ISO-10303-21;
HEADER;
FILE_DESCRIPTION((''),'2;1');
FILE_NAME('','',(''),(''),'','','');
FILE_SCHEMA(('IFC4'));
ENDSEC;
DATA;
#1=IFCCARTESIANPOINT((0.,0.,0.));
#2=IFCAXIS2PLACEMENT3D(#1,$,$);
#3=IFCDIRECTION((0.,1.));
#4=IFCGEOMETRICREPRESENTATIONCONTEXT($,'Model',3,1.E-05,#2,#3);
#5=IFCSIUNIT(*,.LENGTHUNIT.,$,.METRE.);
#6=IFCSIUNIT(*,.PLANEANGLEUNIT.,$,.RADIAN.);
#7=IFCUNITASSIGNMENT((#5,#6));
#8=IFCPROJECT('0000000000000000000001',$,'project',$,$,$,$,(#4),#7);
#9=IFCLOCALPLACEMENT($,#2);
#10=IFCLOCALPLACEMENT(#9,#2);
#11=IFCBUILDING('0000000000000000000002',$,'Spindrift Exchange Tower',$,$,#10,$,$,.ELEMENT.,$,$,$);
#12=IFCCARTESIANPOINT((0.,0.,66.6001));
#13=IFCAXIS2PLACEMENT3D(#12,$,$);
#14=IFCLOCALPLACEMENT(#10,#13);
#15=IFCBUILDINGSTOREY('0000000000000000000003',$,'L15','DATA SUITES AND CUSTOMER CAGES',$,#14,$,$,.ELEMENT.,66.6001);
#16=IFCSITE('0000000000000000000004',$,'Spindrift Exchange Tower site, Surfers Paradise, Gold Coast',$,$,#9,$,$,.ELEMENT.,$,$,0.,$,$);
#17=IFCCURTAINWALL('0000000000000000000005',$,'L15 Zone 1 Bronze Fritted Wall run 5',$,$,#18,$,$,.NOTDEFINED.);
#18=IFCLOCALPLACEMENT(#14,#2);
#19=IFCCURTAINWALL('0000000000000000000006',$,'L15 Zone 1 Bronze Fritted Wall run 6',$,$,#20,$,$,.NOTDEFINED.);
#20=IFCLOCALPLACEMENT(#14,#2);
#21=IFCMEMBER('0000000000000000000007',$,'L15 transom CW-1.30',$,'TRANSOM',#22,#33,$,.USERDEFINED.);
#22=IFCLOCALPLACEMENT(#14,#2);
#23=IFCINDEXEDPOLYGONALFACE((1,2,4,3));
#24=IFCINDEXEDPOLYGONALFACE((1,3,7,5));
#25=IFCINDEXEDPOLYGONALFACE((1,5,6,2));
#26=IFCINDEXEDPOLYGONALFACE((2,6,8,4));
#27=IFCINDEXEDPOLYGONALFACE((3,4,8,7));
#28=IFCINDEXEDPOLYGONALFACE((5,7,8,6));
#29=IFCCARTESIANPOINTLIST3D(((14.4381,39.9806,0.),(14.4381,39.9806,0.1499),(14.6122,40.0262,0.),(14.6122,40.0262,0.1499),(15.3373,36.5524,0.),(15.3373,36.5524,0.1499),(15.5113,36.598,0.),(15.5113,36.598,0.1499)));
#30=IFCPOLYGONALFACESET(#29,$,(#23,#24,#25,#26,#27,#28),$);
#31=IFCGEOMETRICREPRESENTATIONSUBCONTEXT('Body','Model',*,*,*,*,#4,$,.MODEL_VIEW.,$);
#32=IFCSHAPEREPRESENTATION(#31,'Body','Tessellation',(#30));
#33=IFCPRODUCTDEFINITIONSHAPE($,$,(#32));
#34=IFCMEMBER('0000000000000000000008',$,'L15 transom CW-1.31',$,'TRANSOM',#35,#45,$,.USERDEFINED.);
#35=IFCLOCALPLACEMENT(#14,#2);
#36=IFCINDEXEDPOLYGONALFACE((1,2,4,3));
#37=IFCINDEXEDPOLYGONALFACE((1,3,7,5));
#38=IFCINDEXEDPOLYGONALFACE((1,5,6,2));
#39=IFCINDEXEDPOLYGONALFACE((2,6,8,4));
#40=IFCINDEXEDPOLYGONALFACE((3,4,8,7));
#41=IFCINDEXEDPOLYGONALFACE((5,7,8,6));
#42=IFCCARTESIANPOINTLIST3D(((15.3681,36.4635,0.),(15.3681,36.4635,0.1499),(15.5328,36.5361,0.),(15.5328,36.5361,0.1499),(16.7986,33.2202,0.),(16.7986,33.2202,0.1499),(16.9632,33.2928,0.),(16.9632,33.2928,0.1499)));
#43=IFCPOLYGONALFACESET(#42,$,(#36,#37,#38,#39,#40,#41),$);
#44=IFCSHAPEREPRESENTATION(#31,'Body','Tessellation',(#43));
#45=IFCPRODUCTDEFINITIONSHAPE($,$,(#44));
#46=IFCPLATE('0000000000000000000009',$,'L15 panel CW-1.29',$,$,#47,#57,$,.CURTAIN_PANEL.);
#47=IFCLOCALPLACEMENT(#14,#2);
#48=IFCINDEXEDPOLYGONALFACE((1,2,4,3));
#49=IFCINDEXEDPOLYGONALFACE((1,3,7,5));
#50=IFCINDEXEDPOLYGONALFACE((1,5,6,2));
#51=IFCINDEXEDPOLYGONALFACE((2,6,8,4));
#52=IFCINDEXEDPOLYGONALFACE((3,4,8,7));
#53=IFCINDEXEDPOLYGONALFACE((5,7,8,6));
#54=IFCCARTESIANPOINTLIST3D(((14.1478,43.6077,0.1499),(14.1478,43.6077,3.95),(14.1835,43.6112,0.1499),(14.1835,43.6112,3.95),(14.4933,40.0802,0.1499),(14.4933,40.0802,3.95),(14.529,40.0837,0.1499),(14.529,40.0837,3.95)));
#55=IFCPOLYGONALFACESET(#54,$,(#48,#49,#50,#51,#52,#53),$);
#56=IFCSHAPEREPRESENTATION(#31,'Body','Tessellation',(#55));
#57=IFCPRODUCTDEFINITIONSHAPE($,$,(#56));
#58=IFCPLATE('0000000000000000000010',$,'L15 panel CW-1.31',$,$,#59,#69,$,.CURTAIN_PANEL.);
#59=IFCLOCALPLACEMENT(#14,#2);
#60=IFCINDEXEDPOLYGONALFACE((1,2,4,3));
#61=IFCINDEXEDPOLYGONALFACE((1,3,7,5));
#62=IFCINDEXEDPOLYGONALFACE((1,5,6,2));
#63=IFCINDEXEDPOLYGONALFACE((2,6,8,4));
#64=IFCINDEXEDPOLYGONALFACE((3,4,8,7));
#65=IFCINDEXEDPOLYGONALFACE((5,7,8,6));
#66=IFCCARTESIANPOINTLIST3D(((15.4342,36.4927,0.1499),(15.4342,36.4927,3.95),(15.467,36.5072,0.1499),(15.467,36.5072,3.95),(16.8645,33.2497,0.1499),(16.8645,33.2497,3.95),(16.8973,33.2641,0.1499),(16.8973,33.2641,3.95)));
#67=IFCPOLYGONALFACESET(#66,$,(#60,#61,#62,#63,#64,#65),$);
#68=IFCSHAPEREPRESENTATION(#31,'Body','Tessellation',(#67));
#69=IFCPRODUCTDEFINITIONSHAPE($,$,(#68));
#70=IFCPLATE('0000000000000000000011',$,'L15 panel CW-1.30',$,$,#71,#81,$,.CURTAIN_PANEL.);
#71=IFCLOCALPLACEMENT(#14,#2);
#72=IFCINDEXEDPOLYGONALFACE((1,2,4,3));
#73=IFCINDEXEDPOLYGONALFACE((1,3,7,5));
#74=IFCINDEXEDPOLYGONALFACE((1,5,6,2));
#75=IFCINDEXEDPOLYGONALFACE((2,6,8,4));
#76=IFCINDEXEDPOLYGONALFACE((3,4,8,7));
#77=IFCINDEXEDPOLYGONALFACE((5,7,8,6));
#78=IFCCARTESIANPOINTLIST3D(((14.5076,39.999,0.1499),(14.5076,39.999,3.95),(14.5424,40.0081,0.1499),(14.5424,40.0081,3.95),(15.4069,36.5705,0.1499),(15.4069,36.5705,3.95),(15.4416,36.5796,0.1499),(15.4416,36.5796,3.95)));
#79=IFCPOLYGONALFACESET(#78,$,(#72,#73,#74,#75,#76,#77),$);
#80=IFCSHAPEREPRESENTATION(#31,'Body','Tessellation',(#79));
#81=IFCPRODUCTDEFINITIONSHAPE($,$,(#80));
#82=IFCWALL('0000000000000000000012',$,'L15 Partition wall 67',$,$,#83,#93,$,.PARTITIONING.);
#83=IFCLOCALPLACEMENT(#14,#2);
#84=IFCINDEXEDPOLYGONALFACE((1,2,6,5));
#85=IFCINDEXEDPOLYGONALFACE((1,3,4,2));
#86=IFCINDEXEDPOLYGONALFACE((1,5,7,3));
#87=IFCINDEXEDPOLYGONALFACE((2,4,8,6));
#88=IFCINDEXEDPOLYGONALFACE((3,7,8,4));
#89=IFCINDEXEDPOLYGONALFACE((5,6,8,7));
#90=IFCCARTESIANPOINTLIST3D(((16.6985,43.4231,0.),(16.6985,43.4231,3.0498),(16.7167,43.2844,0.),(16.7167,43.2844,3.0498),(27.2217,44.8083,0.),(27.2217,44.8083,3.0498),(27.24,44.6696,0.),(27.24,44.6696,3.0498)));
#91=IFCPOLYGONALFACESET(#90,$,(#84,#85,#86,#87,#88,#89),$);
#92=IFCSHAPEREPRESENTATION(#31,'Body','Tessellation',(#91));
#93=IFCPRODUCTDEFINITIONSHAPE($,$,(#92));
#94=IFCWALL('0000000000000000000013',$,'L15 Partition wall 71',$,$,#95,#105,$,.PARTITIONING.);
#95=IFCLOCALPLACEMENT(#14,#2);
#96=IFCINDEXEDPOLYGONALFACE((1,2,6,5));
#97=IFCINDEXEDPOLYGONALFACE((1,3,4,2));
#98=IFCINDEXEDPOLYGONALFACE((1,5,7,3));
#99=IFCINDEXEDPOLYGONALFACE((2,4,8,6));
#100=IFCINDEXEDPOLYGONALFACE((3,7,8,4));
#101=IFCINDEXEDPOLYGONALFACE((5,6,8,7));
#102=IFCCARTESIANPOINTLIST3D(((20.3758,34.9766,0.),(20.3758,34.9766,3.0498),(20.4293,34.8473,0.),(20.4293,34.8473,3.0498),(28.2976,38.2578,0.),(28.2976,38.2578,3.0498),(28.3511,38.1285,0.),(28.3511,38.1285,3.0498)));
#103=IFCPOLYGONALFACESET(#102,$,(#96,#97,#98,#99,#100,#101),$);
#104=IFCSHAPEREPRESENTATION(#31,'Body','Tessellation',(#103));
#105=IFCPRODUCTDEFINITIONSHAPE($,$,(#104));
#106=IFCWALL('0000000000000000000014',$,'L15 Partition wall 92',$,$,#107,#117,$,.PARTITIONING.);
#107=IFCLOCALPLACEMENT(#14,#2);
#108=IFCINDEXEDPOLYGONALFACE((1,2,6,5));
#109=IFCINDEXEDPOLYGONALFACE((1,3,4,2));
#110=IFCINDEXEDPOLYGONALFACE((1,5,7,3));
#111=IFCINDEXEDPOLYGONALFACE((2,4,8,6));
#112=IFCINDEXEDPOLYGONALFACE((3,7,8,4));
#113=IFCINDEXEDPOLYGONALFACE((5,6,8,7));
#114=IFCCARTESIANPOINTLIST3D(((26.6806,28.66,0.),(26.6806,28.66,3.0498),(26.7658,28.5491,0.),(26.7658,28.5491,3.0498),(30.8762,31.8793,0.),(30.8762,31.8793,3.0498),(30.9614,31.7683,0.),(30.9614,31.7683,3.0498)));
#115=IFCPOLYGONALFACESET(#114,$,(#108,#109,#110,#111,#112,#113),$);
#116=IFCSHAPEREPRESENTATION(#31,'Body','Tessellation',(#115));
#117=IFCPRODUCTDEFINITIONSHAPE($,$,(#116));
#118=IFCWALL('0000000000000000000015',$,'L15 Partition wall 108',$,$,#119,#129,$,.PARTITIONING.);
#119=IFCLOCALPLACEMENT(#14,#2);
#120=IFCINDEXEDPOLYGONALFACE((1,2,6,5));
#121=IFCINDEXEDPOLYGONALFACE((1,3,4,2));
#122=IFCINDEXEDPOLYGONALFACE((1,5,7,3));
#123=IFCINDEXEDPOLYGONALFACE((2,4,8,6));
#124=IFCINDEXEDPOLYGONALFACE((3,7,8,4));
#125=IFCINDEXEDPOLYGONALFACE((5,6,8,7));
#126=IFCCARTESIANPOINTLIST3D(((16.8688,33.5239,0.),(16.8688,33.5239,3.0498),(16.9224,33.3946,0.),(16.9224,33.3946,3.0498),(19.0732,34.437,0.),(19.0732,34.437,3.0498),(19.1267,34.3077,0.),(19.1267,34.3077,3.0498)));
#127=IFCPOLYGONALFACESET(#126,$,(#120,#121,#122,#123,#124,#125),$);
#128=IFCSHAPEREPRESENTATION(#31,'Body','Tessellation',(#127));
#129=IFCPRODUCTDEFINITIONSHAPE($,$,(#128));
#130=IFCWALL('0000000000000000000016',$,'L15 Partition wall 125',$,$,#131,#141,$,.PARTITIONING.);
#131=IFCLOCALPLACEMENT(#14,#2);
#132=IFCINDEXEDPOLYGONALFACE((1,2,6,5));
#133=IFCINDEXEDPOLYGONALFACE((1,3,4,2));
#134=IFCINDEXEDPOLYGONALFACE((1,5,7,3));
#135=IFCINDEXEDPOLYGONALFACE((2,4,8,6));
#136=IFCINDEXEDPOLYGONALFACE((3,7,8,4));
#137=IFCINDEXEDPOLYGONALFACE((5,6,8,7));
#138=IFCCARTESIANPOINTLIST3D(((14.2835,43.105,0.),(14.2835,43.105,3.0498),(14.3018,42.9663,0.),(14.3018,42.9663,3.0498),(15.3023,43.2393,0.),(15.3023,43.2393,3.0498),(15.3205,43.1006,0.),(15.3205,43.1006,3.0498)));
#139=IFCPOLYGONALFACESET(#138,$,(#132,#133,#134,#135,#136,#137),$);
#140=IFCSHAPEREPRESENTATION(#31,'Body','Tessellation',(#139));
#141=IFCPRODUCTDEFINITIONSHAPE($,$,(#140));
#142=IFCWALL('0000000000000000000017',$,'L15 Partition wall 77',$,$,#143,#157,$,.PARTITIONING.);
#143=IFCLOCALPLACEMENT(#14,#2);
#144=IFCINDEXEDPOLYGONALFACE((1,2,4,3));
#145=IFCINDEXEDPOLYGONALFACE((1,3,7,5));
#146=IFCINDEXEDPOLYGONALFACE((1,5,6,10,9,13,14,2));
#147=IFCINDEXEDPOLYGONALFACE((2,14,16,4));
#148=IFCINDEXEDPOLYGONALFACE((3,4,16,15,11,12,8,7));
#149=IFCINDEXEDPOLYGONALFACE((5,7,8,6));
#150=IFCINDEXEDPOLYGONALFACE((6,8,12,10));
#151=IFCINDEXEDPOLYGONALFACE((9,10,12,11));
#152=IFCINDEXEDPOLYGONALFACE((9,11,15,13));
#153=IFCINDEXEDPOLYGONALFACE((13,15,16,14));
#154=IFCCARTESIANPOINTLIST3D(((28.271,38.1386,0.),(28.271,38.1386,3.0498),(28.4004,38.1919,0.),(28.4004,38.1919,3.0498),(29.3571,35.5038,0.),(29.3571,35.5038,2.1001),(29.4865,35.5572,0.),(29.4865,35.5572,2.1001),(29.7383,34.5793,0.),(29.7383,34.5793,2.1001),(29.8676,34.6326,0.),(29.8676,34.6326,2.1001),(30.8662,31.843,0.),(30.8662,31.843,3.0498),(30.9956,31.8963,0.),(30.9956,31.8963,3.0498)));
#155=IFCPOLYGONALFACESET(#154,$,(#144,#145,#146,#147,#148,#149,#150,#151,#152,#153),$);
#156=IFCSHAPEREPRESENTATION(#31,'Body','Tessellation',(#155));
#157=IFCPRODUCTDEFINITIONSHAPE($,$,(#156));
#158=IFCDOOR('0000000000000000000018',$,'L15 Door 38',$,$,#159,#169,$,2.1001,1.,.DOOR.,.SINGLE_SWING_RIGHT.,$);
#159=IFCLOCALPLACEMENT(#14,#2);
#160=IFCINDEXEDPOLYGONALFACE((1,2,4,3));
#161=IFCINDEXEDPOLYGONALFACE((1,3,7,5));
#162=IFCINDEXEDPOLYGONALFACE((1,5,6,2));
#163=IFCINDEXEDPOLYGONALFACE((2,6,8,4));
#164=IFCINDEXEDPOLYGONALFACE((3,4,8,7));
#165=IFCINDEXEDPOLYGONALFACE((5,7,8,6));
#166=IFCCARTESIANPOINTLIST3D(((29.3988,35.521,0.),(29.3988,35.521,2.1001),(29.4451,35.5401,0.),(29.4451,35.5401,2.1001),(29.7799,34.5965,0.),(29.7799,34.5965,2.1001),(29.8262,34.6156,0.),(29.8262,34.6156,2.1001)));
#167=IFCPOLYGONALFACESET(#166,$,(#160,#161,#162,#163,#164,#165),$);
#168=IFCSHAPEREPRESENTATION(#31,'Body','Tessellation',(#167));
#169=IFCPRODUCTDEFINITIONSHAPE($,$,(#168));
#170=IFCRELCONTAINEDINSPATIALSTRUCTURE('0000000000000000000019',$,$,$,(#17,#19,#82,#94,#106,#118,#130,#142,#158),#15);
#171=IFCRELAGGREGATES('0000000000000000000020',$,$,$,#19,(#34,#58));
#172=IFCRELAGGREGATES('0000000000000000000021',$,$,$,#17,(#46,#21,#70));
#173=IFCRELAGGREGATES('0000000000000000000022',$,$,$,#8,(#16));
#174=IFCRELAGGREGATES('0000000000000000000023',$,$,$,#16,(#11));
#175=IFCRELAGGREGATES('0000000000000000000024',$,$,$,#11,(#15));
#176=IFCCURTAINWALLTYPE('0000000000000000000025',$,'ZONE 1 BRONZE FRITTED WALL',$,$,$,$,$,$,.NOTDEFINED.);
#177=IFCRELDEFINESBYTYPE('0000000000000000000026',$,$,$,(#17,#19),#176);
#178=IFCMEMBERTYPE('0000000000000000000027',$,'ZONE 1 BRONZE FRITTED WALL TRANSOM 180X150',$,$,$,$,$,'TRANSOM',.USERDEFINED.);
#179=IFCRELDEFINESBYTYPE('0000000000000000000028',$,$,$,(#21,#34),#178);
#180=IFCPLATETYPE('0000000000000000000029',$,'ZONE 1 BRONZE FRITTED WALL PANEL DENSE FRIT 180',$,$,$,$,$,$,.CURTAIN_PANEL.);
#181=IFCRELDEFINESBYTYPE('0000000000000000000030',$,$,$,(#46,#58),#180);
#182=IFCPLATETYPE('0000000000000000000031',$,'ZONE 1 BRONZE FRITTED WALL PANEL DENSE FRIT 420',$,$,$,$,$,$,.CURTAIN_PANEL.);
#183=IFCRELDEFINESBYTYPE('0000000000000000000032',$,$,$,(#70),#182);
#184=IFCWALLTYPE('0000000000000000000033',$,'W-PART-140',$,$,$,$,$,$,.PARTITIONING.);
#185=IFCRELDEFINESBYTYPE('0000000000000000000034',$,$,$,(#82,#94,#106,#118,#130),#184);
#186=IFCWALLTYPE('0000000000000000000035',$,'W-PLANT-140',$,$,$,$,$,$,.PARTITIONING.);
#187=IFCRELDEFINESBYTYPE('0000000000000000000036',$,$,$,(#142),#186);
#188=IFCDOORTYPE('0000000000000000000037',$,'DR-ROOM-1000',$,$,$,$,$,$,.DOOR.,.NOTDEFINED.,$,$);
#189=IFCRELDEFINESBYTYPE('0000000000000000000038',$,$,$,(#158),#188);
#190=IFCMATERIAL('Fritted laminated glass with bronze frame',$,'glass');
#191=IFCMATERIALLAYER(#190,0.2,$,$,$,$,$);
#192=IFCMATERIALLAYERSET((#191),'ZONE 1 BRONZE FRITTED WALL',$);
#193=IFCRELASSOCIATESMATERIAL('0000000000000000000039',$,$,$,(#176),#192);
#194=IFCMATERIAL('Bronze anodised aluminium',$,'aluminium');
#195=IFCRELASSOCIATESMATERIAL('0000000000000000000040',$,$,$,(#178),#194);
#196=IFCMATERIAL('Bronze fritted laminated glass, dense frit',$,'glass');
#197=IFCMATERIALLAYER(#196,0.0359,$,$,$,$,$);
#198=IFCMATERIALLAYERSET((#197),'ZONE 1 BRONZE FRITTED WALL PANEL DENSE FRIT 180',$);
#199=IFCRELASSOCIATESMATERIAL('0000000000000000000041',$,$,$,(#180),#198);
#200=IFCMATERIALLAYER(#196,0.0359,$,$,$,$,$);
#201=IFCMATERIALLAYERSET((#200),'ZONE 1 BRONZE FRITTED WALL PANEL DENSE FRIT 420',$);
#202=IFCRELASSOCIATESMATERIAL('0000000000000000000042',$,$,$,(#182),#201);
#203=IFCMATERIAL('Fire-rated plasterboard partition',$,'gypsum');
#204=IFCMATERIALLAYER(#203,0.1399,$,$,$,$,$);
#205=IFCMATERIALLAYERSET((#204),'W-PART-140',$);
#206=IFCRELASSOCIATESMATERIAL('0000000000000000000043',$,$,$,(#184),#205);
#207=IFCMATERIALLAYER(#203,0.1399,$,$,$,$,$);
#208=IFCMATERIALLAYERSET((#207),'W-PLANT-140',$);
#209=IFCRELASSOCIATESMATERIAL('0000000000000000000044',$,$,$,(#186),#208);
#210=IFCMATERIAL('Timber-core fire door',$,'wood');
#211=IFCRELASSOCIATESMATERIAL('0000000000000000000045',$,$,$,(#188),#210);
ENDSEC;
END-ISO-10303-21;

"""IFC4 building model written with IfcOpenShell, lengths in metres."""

from ifc_helpers import new_model, si_unit, direction, frame, frame_2d, origin, origin_2d, place, context, subcontext, project, spatial, rectangle, extrude, source, transform, mapped, material, layer, layer_set, material_profile, profile_set, type_object, element, fill, aggregate, save


model = new_model("IFC4")

# Units and contexts
model_context = context("Model", 3, precision=1e-05, world=origin(), true_north=direction((0.0, 1.0)))
body_context = subcontext(model_context, "Body", "Model", "MODEL_VIEW")
ifc_project = project(units=[si_unit("LENGTHUNIT", "METRE"), si_unit("PLANEANGLEUNIT", "RADIAN")], contexts=[model_context])

# Site, building, storey
site_placement = place(None, origin())
site = spatial("IfcSite", under=ifc_project, at=site_placement, Name="Spindrift Exchange Tower site, Surfers Paradise, Gold Coast", CompositionType="ELEMENT", RefElevation=0.0)
building_placement = place(site_placement, origin())
building = spatial("IfcBuilding", under=site, at=building_placement, Name="Spindrift Exchange Tower", CompositionType="ELEMENT")
storey_placement = place(building_placement, frame((0.0, 0.0, 66.6001)))
storey = spatial("IfcBuildingStorey", under=building, at=storey_placement, Name="L15", Description="DATA SUITES AND CUSTOMER CAGES", CompositionType="ELEMENT", Elevation=66.6001)

# Curtain walls
ifc_material_1 = material(Name="Fritted laminated glass with bronze frame", Category="glass")
ifc_layer_1 = layer(ifc_material_1, 0.2)
ifc_layer_set_1 = layer_set([ifc_layer_1], Name="ZONE 1 BRONZE FRITTED WALL")
curtain_wall_type = type_object("IfcCurtainWallType", Name="ZONE 1 BRONZE FRITTED WALL", PredefinedType="NOTDEFINED", material=ifc_layer_set_1)
curtain_wall_1_placement = place(storey_placement, origin())
curtain_wall_1 = element("IfcCurtainWall", 1, at=curtain_wall_1_placement, inside=storey, type_object=curtain_wall_type, Name="L15 Zone 1 Bronze Fritted Wall run 5", PredefinedType="NOTDEFINED")
ifc_material_2 = material(Name="Bronze anodised aluminium", Category="aluminium")
curtain_wall_2_placement = place(storey_placement, origin())
curtain_wall_2 = element("IfcCurtainWall", 2, at=curtain_wall_2_placement, inside=storey, type_object=curtain_wall_type, Name="L15 Zone 1 Bronze Fritted Wall run 6", PredefinedType="NOTDEFINED")

# Members
ifc_material_profile_1 = material_profile(ifc_material_2, rectangle(XDim=0.1799, YDim=0.1499, at=origin_2d()), Name="ZONE 1 BRONZE FRITTED WALL TRANSOM 180X150")
ifc_profile_set_1 = profile_set([ifc_material_profile_1], Name="Bronze anodised aluminium")
member_type_1 = type_object("IfcMemberType", Name="ZONE 1 BRONZE FRITTED WALL TRANSOM 180X150", ElementType="TRANSOM", PredefinedType="USERDEFINED", material=ifc_profile_set_1)
shared_shape_1 = source(origin(), body_context, "Body", "SweptSolid", [
    extrude(rectangle(XDim=0.1799, YDim=0.1499, at=origin_2d()), origin(), (0.0, 0.0, 1.0), 3.5442),
])
member_1_placement = place(storey_placement, frame((14.5251, 40.0034, 0.075), z_axis=(0.253703, -0.967282, 0.0), x_axis=(0.967282, 0.253703, 0.0)))
member_1 = element("IfcMember", 3, at=member_1_placement, type_object=member_type_1, Name="L15 transom CW-1.30", ObjectType="TRANSOM", PredefinedType="USERDEFINED", context=body_context, shape_type="MappedRepresentation", body=[
    mapped(shared_shape_1, transform((0.0, 0.0, 0.0), scale=1.0)),
])
shared_shape_2 = source(origin(), body_context, "Body", "SweptSolid", [
    extrude(rectangle(XDim=0.1799, YDim=0.1499, at=origin_2d()), origin(), (0.0, 0.0, 1.0), 3.5447),
])
member_2_placement = place(storey_placement, frame((15.4504, 36.4998, 0.075), z_axis=(0.403549, -0.914958, 0.0), x_axis=(0.914958, 0.403549, 0.0)))
member_2 = element("IfcMember", 4, at=member_2_placement, type_object=member_type_1, Name="L15 transom CW-1.31", ObjectType="TRANSOM", PredefinedType="USERDEFINED", context=body_context, shape_type="MappedRepresentation", body=[
    mapped(shared_shape_2, transform((0.0, 0.0, 0.0), scale=1.0)),
])

# Plates
ifc_material_3 = material(Name="Bronze fritted laminated glass, dense frit", Category="glass")
ifc_layer_2 = layer(ifc_material_3, 0.0359)
ifc_layer_set_2 = layer_set([ifc_layer_2], Name="ZONE 1 BRONZE FRITTED WALL PANEL DENSE FRIT 180")
plate_type_1 = type_object("IfcPlateType", Name="ZONE 1 BRONZE FRITTED WALL PANEL DENSE FRIT 180", PredefinedType="CURTAIN_PANEL", material=ifc_layer_set_2)
shared_shape_3 = source(origin(), body_context, "Body", "SweptSolid", [
    extrude(rectangle(XDim=3.5444, YDim=0.0359, at=origin_2d()), origin(), (0.0, 0.0, 1.0), 3.8),
])
plate_1_placement = place(storey_placement, frame((14.3384, 41.8457, 0.1499), z_axis=(0.0, 0.0, 1.0), x_axis=(0.097477, -0.995238, 0.0)))
plate_1 = element("IfcPlate", 5, at=plate_1_placement, type_object=plate_type_1, Name="L15 panel CW-1.29", PredefinedType="CURTAIN_PANEL", context=body_context, shape_type="MappedRepresentation", body=[
    mapped(shared_shape_3, transform((0.0, 0.0, 0.0), scale=1.0)),
])
plate_2_placement = place(storey_placement, frame((16.1658, 34.8784, 0.1499), z_axis=(0.0, 0.0, 1.0), x_axis=(0.403531, -0.914966, 0.0)))
plate_2 = element("IfcPlate", 6, at=plate_2_placement, type_object=plate_type_1, Name="L15 panel CW-1.31", PredefinedType="CURTAIN_PANEL", context=body_context, shape_type="MappedRepresentation", body=[
    mapped(shared_shape_3, transform((0.0, 0.0, 0.0), scale=1.0)),
])
aggregate(curtain_wall_2, [member_2, plate_2])
ifc_layer_3 = layer(ifc_material_3, 0.0359)
ifc_layer_set_3 = layer_set([ifc_layer_3], Name="ZONE 1 BRONZE FRITTED WALL PANEL DENSE FRIT 420")
plate_type_2 = type_object("IfcPlateType", Name="ZONE 1 BRONZE FRITTED WALL PANEL DENSE FRIT 420", PredefinedType="CURTAIN_PANEL", material=ifc_layer_set_3)
shared_shape_4 = source(origin(), body_context, "Body", "SweptSolid", [
    extrude(rectangle(XDim=3.5444, YDim=0.0359, at=origin_2d()), origin(), (0.0, 0.0, 1.0), 3.8),
])
plate_3_placement = place(storey_placement, frame((14.9746, 38.2893, 0.1499), z_axis=(0.0, 0.0, 1.0), x_axis=(0.253699, -0.967283, 0.0)))
plate_3 = element("IfcPlate", 7, at=plate_3_placement, type_object=plate_type_2, Name="L15 panel CW-1.30", PredefinedType="CURTAIN_PANEL", context=body_context, shape_type="MappedRepresentation", body=[
    mapped(shared_shape_4, transform((0.0, 0.0, 0.0), scale=1.0)),
])
aggregate(curtain_wall_1, [plate_1, member_1, plate_3])

# Walls
ifc_material_4 = material(Name="Fire-rated plasterboard partition", Category="gypsum")
ifc_layer_4 = layer(ifc_material_4, 0.1399)
ifc_layer_set_4 = layer_set([ifc_layer_4], Name="W-PART-140")
wall_type_1 = type_object("IfcWallType", Name="W-PART-140", PredefinedType="PARTITIONING", material=ifc_layer_set_4)
wall_1_placement = place(storey_placement, frame((27.231, 44.739, 0.0), z_axis=(0.0, 0.0, 1.0), x_axis=(-0.991447, -0.130512, 0.0)))
element("IfcWall", 8, at=wall_1_placement, inside=storey, type_object=wall_type_1, Name="L15 Partition wall 67", PredefinedType="PARTITIONING", context=body_context, shape_type="SweptSolid", body=[
    extrude(rectangle(XDim=10.614, YDim=0.1399, at=frame_2d((5.3071, 0.0))), origin(), (0.0, 0.0, 1.0), 3.0498),
])
wall_2_placement = place(storey_placement, frame((28.3242, 38.1931, 0.0), z_axis=(0.0, 0.0, 1.0), x_axis=(-0.923884, -0.382674, 0.0)))
element("IfcWall", 9, at=wall_2_placement, inside=storey, type_object=wall_type_1, Name="L15 Partition wall 71", PredefinedType="PARTITIONING", context=body_context, shape_type="SweptSolid", body=[
    extrude(rectangle(XDim=8.5745, YDim=0.1399, at=frame_2d((4.2871, 0.0))), origin(), (0.0, 0.0, 1.0), 3.0498),
])
wall_3_placement = place(storey_placement, frame((30.9187, 31.8237, 0.0), z_axis=(0.0, 0.0, 1.0), x_axis=(-0.793365, -0.608746, 0.0)))
element("IfcWall", 10, at=wall_3_placement, inside=storey, type_object=wall_type_1, Name="L15 Partition wall 92", PredefinedType="PARTITIONING", context=body_context, shape_type="SweptSolid", body=[
    extrude(rectangle(XDim=5.2883, YDim=0.1399, at=frame_2d((2.644, 0.0))), origin(), (0.0, 0.0, 1.0), 3.0498),
])
wall_4_placement = place(storey_placement, frame((19.0999, 34.3723, 0.0), z_axis=(0.0, 0.0, 1.0), x_axis=(-0.923877, -0.382689, 0.0)))
element("IfcWall", 11, at=wall_4_placement, inside=storey, type_object=wall_type_1, Name="L15 Partition wall 108", PredefinedType="PARTITIONING", context=body_context, shape_type="SweptSolid", body=[
    extrude(rectangle(XDim=2.386, YDim=0.1399, at=frame_2d((1.1929, 0.0))), origin(), (0.0, 0.0, 1.0), 3.0498),
])
wall_5_placement = place(storey_placement, frame((15.3113, 43.1699, 0.0), z_axis=(0.0, 0.0, 1.0), x_axis=(-0.991426, -0.13067, 0.0)))
element("IfcWall", 12, at=wall_5_placement, inside=storey, type_object=wall_type_1, Name="L15 Partition wall 125", PredefinedType="PARTITIONING", context=body_context, shape_type="SweptSolid", body=[
    extrude(rectangle(XDim=1.0276, YDim=0.1399, at=frame_2d((0.5137, 0.0))), origin(), (0.0, 0.0, 1.0), 3.0498),
])

# Wall, opening, door
ifc_layer_5 = layer(ifc_material_4, 0.1399)
ifc_layer_set_5 = layer_set([ifc_layer_5], Name="W-PLANT-140")
wall_type_2 = type_object("IfcWallType", Name="W-PLANT-140", PredefinedType="PARTITIONING", material=ifc_layer_set_5)
wall_6_placement = place(storey_placement, frame((30.9309, 31.8696, 0.0), z_axis=(0.0, 0.0, 1.0), x_axis=(-0.381112, 0.924529, 0.0)))
wall_6 = element("IfcWall", 13, at=wall_6_placement, inside=storey, type_object=wall_type_2, Name="L15 Partition wall 77", PredefinedType="PARTITIONING", context=body_context, shape_type="SweptSolid", body=[
    extrude(rectangle(XDim=6.8096, YDim=0.1399, at=frame_2d((3.4048, 0.0))), origin(), (0.0, 0.0, 1.0), 3.0498),
])
opening_1_placement = place(wall_6_placement, frame((2.9597, 0.0, 0.0)))
opening_1 = element("IfcOpeningElement", 14, at=opening_1_placement, cuts=wall_6, PredefinedType="OPENING", context=body_context, shape_type="SweptSolid", body=[
    extrude(rectangle(XDim=1.0, YDim=2.1001, at=frame_2d((0.5, 1.05))), frame((0.0, 0.0798, 0.0), z_axis=(0.0, -1.0, 0.0), x_axis=(1.0, 0.0, 0.0)), (0.0, 0.0, 1.0), 0.1599),
])
ifc_material_5 = material(Name="Timber-core fire door", Category="wood")
door_type = type_object("IfcDoorType", Name="DR-ROOM-1000", OperationType="NOTDEFINED", PredefinedType="DOOR", material=ifc_material_5)
shared_shape_5 = source(origin(), body_context, "Body", "SweptSolid", [
    extrude(rectangle(XDim=1.0, YDim=2.1001, at=frame_2d((0.5, 1.05))), frame((0.0, 0.0249, 0.0), z_axis=(0.0, -1.0, 0.0), x_axis=(1.0, 0.0, 0.0)), (0.0, 0.0, 1.0), 0.05),
])
door_1_placement = place(opening_1_placement, origin())
door_1 = element("IfcDoor", 15, at=door_1_placement, inside=storey, type_object=door_type, Name="L15 Door 38", OperationType="SINGLE_SWING_RIGHT", OverallHeight=2.1001, OverallWidth=1.0, PredefinedType="DOOR", context=body_context, shape_type="MappedRepresentation", body=[
    mapped(shared_shape_5, transform((0.0, 0.0, 0.0), scale=1.0)),
])
fill(opening_1, door_1)

save(model, "model.ifc")
